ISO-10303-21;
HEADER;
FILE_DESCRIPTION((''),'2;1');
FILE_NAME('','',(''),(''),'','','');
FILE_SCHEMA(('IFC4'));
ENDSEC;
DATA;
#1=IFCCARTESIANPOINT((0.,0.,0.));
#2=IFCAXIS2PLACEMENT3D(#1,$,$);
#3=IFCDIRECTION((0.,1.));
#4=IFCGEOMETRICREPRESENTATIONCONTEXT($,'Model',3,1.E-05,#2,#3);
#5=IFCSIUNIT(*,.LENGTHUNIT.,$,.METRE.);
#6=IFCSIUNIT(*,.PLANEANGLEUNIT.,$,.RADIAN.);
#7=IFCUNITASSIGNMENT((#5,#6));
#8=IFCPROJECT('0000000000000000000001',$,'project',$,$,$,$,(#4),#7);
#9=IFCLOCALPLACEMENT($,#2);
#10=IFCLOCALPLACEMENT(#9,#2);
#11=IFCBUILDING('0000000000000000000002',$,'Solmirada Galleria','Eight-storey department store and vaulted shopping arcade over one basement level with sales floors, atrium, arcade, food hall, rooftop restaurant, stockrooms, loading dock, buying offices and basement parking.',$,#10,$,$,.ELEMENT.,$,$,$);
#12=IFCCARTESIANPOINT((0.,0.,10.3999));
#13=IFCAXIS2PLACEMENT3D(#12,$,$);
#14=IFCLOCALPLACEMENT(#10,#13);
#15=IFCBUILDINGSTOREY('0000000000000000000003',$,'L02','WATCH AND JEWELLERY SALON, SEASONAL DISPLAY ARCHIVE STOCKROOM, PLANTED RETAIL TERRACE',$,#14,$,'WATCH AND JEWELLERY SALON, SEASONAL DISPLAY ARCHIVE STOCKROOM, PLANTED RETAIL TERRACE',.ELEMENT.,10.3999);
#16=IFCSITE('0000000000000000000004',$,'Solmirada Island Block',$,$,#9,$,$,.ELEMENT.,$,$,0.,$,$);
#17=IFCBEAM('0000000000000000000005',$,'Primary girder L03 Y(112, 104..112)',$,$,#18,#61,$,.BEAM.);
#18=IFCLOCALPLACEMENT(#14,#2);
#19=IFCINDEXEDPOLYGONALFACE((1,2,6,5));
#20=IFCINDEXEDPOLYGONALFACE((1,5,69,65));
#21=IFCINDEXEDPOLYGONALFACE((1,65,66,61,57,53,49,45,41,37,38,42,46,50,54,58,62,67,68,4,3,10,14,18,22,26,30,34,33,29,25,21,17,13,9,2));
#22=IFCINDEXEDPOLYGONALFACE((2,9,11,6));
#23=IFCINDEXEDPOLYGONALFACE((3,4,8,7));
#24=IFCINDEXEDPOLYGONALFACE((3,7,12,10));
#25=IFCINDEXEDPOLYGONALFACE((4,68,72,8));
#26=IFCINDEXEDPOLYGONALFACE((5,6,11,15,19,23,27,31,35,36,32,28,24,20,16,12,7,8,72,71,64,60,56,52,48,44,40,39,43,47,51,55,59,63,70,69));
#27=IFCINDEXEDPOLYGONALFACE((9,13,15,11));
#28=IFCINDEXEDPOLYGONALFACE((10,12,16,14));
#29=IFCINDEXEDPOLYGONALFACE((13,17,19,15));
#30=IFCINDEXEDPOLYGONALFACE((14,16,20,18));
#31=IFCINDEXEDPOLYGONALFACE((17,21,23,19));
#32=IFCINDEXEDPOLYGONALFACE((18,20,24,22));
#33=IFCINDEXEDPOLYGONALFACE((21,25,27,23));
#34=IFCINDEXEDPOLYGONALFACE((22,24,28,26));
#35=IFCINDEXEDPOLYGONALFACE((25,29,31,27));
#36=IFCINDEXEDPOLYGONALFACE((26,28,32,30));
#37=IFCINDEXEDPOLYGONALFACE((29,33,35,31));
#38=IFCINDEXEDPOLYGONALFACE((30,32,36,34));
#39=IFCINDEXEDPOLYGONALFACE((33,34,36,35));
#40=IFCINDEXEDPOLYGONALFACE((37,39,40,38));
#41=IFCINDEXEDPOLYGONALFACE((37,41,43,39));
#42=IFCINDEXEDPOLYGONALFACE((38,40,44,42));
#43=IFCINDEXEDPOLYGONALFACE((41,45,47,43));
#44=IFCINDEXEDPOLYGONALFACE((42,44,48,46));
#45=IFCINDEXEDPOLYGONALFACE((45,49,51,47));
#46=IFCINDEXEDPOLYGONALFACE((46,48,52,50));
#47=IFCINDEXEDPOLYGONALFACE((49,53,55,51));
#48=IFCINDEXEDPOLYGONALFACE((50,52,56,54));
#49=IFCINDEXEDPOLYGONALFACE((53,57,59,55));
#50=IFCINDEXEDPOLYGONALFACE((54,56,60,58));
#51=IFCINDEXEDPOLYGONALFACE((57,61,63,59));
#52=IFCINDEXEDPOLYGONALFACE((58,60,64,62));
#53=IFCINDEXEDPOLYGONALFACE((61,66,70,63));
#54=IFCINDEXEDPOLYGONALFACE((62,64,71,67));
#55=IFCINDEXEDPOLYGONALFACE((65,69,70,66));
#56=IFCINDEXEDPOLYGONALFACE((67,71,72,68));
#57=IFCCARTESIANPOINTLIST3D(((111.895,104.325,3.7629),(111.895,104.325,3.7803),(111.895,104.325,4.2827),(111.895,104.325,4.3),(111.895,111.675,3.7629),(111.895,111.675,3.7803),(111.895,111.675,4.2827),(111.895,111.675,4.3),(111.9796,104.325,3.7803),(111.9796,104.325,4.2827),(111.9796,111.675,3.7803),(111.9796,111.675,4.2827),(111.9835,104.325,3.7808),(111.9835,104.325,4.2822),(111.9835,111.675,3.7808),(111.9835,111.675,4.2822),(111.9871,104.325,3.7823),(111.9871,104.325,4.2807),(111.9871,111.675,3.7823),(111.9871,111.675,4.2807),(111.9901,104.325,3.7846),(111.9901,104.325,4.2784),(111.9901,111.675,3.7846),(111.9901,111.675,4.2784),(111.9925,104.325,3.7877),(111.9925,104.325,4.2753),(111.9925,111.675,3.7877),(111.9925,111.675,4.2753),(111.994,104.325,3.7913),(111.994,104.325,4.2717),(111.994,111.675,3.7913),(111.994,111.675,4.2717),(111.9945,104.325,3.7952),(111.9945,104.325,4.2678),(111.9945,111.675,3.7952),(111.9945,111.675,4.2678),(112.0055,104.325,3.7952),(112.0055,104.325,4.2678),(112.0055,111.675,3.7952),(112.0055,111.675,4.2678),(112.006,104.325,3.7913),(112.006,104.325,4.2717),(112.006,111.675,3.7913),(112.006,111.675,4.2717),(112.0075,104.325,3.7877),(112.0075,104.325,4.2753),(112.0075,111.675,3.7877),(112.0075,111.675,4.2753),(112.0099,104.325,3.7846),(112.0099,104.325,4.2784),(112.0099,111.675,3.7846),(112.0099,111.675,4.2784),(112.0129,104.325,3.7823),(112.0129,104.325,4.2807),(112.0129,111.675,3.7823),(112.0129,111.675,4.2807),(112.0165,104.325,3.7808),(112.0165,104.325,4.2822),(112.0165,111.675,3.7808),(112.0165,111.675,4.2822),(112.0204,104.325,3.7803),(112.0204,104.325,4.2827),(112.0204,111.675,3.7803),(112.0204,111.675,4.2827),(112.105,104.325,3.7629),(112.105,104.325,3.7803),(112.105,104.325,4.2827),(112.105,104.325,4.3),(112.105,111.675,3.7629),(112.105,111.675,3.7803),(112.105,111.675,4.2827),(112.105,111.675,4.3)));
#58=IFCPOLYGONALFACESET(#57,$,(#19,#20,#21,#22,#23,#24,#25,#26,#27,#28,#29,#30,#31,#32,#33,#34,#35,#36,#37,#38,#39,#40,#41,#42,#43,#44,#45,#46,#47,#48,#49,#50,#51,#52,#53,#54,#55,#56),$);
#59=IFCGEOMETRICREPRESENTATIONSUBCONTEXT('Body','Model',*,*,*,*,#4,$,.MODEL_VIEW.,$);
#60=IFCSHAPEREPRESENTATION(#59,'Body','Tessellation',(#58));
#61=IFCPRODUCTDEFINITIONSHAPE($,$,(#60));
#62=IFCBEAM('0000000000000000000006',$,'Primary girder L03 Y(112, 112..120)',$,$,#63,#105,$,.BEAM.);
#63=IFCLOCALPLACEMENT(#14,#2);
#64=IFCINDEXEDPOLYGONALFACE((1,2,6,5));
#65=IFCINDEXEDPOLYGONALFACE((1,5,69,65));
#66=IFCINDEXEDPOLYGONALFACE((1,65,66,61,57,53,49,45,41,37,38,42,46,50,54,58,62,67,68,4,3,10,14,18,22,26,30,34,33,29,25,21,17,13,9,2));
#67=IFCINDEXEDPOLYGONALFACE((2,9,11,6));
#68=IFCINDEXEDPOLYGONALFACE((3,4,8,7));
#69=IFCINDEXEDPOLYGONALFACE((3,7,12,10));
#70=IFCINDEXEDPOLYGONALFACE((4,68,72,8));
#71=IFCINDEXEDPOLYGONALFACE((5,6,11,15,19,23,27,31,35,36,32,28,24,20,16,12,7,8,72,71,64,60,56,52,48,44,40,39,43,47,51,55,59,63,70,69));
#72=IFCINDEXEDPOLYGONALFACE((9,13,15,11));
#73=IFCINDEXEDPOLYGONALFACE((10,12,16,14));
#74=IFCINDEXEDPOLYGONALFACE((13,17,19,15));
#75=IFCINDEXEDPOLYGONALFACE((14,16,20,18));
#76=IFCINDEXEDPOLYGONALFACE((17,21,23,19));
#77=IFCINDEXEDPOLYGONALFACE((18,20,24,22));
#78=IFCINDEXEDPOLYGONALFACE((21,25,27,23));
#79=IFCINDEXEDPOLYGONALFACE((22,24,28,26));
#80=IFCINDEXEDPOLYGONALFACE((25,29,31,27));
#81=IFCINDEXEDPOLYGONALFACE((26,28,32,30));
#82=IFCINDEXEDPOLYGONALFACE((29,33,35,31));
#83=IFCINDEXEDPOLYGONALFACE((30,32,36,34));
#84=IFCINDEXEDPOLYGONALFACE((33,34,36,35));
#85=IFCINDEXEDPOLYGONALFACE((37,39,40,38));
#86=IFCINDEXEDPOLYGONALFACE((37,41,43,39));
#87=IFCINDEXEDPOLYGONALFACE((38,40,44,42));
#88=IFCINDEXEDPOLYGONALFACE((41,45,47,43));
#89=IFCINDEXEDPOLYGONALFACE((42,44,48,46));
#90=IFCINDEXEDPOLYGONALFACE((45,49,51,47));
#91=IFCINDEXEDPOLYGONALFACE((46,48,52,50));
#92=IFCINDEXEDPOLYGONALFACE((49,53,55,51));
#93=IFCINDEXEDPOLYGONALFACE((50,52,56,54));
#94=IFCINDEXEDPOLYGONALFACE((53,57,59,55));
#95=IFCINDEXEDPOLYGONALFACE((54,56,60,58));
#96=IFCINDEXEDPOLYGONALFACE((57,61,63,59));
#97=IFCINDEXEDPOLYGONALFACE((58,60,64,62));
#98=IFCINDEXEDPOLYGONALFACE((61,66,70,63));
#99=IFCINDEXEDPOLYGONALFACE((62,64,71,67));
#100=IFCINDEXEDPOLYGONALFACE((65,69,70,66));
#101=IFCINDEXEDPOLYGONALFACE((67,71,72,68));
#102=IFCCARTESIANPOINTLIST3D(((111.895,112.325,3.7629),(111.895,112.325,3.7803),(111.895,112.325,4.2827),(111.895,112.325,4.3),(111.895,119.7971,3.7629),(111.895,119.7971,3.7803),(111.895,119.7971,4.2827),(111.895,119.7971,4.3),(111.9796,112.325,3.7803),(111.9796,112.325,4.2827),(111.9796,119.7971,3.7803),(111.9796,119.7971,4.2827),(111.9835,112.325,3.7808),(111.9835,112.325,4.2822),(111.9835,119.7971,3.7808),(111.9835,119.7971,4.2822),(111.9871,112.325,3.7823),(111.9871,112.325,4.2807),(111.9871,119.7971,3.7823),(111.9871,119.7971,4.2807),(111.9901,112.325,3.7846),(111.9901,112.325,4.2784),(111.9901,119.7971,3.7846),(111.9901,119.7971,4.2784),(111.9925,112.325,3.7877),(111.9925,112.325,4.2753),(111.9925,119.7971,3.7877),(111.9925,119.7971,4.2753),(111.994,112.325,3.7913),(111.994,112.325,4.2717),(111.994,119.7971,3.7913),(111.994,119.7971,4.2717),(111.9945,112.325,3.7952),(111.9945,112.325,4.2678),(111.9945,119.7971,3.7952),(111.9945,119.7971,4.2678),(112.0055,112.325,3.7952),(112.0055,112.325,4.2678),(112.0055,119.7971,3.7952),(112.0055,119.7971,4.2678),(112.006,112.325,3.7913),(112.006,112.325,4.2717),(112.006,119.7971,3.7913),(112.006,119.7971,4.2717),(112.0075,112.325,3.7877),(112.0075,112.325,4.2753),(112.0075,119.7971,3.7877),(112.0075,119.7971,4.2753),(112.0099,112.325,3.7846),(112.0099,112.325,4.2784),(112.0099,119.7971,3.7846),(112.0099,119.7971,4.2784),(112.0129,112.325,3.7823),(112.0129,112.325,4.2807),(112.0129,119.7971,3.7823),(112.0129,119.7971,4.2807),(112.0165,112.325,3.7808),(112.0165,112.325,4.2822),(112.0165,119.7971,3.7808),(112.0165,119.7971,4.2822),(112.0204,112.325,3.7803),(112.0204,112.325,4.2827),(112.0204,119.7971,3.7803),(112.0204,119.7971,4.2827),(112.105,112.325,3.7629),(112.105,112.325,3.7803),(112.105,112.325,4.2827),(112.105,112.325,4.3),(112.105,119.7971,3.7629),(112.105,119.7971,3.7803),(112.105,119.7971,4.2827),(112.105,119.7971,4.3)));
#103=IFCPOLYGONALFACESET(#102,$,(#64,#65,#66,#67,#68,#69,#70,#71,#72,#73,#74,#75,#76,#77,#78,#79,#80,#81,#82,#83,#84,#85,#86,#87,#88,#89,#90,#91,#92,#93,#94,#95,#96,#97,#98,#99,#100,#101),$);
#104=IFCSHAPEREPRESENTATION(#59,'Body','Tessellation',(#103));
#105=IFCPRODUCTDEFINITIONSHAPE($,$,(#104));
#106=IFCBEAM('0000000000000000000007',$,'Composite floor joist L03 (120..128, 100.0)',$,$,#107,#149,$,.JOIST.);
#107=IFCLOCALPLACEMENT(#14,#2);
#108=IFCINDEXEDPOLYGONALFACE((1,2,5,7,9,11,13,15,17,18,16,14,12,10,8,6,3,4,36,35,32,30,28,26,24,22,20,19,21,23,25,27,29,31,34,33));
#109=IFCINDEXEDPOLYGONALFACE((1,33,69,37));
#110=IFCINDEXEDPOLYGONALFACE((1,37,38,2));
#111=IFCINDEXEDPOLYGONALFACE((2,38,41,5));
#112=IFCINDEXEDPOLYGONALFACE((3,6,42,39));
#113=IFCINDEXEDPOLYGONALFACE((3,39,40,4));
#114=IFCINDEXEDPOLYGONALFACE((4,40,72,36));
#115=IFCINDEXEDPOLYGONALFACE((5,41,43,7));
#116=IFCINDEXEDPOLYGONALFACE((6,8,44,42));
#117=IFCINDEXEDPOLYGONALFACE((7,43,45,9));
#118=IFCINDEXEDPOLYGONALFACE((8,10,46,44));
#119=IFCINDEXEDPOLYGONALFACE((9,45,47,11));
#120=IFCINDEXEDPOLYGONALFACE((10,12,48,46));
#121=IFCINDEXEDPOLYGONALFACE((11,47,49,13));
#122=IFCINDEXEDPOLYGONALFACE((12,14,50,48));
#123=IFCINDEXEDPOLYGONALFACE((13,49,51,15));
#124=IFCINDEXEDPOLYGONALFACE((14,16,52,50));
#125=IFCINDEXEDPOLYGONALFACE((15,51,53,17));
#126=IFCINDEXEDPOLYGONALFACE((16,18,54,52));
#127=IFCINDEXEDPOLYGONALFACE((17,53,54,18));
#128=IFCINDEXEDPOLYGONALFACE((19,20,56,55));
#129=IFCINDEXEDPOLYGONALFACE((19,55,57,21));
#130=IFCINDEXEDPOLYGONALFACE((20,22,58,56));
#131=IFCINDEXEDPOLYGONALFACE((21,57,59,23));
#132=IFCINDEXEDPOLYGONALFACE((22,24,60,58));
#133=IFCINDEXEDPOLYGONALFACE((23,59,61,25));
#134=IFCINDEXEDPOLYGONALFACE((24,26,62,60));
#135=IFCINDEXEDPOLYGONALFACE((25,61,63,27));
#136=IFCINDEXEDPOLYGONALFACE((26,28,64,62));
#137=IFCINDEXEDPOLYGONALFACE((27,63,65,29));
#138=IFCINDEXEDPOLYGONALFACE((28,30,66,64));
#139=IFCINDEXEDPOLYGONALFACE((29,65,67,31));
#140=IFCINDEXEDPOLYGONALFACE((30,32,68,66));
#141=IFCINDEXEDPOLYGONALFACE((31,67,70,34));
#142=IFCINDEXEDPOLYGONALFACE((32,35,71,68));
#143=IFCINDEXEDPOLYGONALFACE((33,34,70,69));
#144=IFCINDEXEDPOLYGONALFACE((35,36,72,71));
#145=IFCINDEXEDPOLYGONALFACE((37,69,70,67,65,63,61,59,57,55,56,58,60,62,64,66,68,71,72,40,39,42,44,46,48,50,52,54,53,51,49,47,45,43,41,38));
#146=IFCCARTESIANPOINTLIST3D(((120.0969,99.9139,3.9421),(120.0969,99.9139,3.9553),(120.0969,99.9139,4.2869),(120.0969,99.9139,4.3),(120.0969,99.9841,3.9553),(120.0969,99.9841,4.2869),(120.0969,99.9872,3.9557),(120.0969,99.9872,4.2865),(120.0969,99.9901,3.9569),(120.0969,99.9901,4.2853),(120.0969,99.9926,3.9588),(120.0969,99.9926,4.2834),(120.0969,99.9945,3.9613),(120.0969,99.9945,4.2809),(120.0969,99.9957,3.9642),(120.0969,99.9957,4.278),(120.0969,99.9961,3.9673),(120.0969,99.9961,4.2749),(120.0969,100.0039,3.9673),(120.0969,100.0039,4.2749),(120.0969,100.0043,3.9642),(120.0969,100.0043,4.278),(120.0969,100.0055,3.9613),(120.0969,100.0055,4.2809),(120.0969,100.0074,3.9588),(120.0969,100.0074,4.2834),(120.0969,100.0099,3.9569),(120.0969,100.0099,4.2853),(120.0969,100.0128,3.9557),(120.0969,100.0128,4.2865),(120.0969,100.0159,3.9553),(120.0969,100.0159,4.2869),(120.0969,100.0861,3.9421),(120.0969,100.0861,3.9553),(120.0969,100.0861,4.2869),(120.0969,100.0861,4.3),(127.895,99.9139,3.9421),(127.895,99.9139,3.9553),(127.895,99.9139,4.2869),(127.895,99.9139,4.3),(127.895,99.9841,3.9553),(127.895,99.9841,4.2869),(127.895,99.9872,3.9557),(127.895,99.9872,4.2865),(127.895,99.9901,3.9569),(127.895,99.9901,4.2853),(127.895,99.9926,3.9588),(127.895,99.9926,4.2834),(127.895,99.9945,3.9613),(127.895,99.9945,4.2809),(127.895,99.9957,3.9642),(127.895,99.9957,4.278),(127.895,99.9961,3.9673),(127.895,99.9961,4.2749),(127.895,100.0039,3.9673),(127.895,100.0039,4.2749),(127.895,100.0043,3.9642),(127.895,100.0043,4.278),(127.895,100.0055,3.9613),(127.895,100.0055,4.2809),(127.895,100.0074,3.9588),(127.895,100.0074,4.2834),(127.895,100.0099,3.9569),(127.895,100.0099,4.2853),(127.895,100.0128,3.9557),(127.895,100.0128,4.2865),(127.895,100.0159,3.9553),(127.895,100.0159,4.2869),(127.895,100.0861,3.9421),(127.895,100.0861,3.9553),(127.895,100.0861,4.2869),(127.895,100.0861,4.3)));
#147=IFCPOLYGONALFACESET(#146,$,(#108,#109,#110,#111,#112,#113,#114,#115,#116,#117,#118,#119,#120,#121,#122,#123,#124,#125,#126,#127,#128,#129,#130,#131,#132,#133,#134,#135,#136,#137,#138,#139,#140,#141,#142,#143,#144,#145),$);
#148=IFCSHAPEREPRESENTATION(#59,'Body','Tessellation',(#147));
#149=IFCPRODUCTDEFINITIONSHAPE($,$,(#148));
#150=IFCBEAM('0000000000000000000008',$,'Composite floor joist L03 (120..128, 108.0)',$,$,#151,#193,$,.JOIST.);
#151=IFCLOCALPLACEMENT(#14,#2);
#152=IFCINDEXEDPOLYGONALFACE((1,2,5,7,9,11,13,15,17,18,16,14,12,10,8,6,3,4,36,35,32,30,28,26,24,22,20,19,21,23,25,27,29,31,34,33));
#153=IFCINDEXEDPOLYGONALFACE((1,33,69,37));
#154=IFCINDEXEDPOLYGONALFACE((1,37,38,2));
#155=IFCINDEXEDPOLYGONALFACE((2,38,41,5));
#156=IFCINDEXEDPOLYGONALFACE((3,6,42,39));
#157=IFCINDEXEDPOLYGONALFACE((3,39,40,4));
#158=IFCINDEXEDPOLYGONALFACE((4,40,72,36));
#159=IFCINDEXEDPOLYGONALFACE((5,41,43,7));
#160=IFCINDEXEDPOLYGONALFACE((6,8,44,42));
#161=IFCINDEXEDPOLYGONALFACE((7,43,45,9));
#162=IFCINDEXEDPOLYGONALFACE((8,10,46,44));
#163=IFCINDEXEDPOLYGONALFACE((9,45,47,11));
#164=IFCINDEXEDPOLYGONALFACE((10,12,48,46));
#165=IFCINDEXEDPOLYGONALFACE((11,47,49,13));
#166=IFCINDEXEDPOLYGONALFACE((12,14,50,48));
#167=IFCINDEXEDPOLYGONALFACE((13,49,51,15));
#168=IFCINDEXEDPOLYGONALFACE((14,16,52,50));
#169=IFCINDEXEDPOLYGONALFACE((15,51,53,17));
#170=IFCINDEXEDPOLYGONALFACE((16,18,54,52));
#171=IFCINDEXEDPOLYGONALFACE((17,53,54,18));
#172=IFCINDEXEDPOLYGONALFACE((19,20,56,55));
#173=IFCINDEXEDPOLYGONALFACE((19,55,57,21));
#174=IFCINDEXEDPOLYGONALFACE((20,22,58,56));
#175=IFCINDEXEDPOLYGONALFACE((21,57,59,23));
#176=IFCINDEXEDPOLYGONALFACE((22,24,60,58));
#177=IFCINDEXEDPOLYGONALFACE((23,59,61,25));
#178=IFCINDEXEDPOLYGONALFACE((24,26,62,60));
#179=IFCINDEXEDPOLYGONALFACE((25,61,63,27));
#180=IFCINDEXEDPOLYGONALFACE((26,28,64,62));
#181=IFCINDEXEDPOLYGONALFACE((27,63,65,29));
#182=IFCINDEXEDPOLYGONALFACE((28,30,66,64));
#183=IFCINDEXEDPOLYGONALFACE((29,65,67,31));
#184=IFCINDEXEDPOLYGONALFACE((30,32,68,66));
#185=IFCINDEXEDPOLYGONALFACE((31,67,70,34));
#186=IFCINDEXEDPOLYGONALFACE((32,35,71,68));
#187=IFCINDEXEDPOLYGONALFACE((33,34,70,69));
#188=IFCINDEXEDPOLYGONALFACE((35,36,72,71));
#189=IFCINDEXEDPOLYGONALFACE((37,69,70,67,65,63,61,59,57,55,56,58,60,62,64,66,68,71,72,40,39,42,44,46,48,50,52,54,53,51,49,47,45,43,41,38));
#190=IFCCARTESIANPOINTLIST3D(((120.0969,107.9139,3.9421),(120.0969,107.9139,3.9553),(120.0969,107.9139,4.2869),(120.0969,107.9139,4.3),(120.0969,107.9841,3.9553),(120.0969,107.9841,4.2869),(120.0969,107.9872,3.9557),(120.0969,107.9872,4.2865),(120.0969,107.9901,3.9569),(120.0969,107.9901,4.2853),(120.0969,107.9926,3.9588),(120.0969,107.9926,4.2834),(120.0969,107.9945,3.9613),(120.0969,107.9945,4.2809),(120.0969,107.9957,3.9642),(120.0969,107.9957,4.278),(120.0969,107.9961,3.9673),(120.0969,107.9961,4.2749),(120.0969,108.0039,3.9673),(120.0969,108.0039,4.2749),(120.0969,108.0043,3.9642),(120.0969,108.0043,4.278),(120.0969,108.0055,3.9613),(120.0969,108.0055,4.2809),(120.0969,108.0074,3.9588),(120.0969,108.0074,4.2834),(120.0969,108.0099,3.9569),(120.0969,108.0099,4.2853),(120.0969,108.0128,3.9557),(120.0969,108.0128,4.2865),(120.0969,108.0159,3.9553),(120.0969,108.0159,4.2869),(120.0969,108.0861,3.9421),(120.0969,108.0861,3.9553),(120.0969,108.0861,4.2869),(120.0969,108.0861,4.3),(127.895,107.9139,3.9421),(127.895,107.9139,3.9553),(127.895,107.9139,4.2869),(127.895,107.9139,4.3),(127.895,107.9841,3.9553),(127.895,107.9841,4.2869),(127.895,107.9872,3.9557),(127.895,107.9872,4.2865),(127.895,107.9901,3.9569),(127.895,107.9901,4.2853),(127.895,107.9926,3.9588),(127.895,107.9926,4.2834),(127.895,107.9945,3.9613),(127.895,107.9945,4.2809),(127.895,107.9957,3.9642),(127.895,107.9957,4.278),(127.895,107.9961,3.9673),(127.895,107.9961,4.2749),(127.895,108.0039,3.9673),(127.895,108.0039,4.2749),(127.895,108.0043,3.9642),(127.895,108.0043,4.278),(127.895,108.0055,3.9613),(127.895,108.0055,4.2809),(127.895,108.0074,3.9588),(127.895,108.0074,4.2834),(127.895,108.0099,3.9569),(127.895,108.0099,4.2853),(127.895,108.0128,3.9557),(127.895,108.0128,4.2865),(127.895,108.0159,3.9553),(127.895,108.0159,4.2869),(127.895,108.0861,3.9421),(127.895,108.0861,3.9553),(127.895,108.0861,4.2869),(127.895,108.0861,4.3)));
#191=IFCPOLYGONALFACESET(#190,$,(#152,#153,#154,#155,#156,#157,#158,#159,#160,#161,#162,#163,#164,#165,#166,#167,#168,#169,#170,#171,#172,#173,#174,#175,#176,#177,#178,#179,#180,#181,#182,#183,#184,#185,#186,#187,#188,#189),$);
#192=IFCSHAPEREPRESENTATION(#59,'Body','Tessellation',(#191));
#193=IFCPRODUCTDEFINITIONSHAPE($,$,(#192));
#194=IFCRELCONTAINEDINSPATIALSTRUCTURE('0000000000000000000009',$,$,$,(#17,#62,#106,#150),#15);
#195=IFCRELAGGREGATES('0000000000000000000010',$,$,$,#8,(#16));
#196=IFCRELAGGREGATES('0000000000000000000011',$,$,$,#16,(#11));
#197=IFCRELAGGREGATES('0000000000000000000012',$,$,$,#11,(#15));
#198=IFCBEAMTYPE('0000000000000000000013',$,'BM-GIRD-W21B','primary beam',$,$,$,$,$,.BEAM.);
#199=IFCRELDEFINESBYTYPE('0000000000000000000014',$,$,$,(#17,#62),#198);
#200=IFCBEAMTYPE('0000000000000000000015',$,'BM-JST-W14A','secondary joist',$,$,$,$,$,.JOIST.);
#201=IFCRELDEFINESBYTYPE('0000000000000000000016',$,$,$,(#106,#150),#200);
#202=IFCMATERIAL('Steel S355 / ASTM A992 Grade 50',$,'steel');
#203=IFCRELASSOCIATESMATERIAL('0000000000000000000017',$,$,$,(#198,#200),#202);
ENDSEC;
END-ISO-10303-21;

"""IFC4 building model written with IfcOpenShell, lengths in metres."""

from ifc_helpers import new_model, si_unit, direction, frame, origin, origin_2d, place, context, subcontext, project, spatial, i_section, extrude, material, material_profile, profile_set, type_object, element, save


model = new_model("IFC4")

# Units and contexts
model_context = context("Model", 3, precision=1e-05, world=origin(), true_north=direction((0.0, 1.0)))
body_context = subcontext(model_context, "Body", "Model", "MODEL_VIEW")
ifc_project = project(units=[si_unit("LENGTHUNIT", "METRE"), si_unit("PLANEANGLEUNIT", "RADIAN")], contexts=[model_context])

# Site, building, storey
site_placement = place(None, origin())
site = spatial("IfcSite", under=ifc_project, at=site_placement, Name="Solmirada Island Block", CompositionType="ELEMENT", RefElevation=0.0)
building_placement = place(site_placement, origin())
building = spatial("IfcBuilding", under=site, at=building_placement, Name="Solmirada Galleria", Description="Eight-storey department store and vaulted shopping arcade over one basement level with sales floors, atrium, arcade, food hall, rooftop restaurant, stockrooms, loading dock, buying offices and basement parking.", CompositionType="ELEMENT")
storey_placement = place(building_placement, frame((0.0, 0.0, 10.3999)))
storey = spatial("IfcBuildingStorey", under=building, at=storey_placement, Name="L02", Description="WATCH AND JEWELLERY SALON, SEASONAL DISPLAY ARCHIVE STOCKROOM, PLANTED RETAIL TERRACE", LongName="WATCH AND JEWELLERY SALON, SEASONAL DISPLAY ARCHIVE STOCKROOM, PLANTED RETAIL TERRACE", CompositionType="ELEMENT", Elevation=10.3999)

# Beams
ifc_material_1 = material(Name="Steel S355 / ASTM A992 Grade 50", Category="steel")
ifc_material_profile_1 = material_profile(ifc_material_1, i_section(OverallWidth=0.21, OverallDepth=0.5371, WebThickness=0.011, FlangeThickness=0.0173, FilletRadius=0.0149, at=origin_2d()), Name="W21X68")
ifc_profile_set_1 = profile_set([ifc_material_profile_1], Name="Steel S355 / ASTM A992 Grade 50")
beam_type_1 = type_object("IfcBeamType", Name="BM-GIRD-W21B", Description="primary beam", PredefinedType="BEAM", material=ifc_profile_set_1)
beam_1_placement = place(storey_placement, frame((112.0, 104.325, 4.0315), z_axis=(0.0, 1.0, 0.0), x_axis=(-1.0, 0.0, 0.0)))
element("IfcBeam", 1, at=beam_1_placement, inside=storey, type_object=beam_type_1, Name="Primary girder L03 Y(112, 104..112)", PredefinedType="BEAM", context=body_context, shape_type="SweptSolid", body=[
    extrude(i_section(OverallWidth=0.21, OverallDepth=0.5371, WebThickness=0.011, FlangeThickness=0.0173, FilletRadius=0.0149, at=origin_2d()), origin(), (0.0, 0.0, 1.0), 7.3501),
])
beam_2_placement = place(storey_placement, frame((112.0, 112.325, 4.0315), z_axis=(0.0, 1.0, 0.0), x_axis=(-1.0, 0.0, 0.0)))
element("IfcBeam", 2, at=beam_2_placement, inside=storey, type_object=beam_type_1, Name="Primary girder L03 Y(112, 112..120)", PredefinedType="BEAM", context=body_context, shape_type="SweptSolid", body=[
    extrude(i_section(OverallWidth=0.21, OverallDepth=0.5371, WebThickness=0.011, FlangeThickness=0.0173, FilletRadius=0.0149, at=origin_2d()), origin(), (0.0, 0.0, 1.0), 7.4722),
])
ifc_material_profile_2 = material_profile(ifc_material_1, i_section(OverallWidth=0.1721, OverallDepth=0.3579, WebThickness=0.0078, FlangeThickness=0.0132, FilletRadius=0.012, at=origin_2d()), Name="W14X38")
ifc_profile_set_2 = profile_set([ifc_material_profile_2], Name="Steel S355 / ASTM A992 Grade 50")
beam_type_2 = type_object("IfcBeamType", Name="BM-JST-W14A", Description="secondary joist", PredefinedType="JOIST", material=ifc_profile_set_2)
for number, where, z_axis, x_axis, name in (
    (3, (120.0969, 100.0, 4.1211), (1.0, 0.0, 0.0), (0.0, 1.0, 0.0), "Composite floor joist L03 (120..128, 100.0)"),
    (4, (120.0969, 108.0, 4.1211), (1.0, 0.0, 0.0), (0.0, 1.0, 0.0), "Composite floor joist L03 (120..128, 108.0)"),
):
    element("IfcBeam", number, at=place(storey_placement, frame(where, z_axis=z_axis, x_axis=x_axis)), inside=storey, type_object=beam_type_2, Name=name, PredefinedType="JOIST", context=body_context, shape_type="SweptSolid", body=[
        extrude(i_section(OverallWidth=0.1721, OverallDepth=0.3579, WebThickness=0.0078, FlangeThickness=0.0132, FilletRadius=0.012, at=origin_2d()), origin(), (0.0, 0.0, 1.0), 7.7981),
    ])

save(model, "model.ifc")
